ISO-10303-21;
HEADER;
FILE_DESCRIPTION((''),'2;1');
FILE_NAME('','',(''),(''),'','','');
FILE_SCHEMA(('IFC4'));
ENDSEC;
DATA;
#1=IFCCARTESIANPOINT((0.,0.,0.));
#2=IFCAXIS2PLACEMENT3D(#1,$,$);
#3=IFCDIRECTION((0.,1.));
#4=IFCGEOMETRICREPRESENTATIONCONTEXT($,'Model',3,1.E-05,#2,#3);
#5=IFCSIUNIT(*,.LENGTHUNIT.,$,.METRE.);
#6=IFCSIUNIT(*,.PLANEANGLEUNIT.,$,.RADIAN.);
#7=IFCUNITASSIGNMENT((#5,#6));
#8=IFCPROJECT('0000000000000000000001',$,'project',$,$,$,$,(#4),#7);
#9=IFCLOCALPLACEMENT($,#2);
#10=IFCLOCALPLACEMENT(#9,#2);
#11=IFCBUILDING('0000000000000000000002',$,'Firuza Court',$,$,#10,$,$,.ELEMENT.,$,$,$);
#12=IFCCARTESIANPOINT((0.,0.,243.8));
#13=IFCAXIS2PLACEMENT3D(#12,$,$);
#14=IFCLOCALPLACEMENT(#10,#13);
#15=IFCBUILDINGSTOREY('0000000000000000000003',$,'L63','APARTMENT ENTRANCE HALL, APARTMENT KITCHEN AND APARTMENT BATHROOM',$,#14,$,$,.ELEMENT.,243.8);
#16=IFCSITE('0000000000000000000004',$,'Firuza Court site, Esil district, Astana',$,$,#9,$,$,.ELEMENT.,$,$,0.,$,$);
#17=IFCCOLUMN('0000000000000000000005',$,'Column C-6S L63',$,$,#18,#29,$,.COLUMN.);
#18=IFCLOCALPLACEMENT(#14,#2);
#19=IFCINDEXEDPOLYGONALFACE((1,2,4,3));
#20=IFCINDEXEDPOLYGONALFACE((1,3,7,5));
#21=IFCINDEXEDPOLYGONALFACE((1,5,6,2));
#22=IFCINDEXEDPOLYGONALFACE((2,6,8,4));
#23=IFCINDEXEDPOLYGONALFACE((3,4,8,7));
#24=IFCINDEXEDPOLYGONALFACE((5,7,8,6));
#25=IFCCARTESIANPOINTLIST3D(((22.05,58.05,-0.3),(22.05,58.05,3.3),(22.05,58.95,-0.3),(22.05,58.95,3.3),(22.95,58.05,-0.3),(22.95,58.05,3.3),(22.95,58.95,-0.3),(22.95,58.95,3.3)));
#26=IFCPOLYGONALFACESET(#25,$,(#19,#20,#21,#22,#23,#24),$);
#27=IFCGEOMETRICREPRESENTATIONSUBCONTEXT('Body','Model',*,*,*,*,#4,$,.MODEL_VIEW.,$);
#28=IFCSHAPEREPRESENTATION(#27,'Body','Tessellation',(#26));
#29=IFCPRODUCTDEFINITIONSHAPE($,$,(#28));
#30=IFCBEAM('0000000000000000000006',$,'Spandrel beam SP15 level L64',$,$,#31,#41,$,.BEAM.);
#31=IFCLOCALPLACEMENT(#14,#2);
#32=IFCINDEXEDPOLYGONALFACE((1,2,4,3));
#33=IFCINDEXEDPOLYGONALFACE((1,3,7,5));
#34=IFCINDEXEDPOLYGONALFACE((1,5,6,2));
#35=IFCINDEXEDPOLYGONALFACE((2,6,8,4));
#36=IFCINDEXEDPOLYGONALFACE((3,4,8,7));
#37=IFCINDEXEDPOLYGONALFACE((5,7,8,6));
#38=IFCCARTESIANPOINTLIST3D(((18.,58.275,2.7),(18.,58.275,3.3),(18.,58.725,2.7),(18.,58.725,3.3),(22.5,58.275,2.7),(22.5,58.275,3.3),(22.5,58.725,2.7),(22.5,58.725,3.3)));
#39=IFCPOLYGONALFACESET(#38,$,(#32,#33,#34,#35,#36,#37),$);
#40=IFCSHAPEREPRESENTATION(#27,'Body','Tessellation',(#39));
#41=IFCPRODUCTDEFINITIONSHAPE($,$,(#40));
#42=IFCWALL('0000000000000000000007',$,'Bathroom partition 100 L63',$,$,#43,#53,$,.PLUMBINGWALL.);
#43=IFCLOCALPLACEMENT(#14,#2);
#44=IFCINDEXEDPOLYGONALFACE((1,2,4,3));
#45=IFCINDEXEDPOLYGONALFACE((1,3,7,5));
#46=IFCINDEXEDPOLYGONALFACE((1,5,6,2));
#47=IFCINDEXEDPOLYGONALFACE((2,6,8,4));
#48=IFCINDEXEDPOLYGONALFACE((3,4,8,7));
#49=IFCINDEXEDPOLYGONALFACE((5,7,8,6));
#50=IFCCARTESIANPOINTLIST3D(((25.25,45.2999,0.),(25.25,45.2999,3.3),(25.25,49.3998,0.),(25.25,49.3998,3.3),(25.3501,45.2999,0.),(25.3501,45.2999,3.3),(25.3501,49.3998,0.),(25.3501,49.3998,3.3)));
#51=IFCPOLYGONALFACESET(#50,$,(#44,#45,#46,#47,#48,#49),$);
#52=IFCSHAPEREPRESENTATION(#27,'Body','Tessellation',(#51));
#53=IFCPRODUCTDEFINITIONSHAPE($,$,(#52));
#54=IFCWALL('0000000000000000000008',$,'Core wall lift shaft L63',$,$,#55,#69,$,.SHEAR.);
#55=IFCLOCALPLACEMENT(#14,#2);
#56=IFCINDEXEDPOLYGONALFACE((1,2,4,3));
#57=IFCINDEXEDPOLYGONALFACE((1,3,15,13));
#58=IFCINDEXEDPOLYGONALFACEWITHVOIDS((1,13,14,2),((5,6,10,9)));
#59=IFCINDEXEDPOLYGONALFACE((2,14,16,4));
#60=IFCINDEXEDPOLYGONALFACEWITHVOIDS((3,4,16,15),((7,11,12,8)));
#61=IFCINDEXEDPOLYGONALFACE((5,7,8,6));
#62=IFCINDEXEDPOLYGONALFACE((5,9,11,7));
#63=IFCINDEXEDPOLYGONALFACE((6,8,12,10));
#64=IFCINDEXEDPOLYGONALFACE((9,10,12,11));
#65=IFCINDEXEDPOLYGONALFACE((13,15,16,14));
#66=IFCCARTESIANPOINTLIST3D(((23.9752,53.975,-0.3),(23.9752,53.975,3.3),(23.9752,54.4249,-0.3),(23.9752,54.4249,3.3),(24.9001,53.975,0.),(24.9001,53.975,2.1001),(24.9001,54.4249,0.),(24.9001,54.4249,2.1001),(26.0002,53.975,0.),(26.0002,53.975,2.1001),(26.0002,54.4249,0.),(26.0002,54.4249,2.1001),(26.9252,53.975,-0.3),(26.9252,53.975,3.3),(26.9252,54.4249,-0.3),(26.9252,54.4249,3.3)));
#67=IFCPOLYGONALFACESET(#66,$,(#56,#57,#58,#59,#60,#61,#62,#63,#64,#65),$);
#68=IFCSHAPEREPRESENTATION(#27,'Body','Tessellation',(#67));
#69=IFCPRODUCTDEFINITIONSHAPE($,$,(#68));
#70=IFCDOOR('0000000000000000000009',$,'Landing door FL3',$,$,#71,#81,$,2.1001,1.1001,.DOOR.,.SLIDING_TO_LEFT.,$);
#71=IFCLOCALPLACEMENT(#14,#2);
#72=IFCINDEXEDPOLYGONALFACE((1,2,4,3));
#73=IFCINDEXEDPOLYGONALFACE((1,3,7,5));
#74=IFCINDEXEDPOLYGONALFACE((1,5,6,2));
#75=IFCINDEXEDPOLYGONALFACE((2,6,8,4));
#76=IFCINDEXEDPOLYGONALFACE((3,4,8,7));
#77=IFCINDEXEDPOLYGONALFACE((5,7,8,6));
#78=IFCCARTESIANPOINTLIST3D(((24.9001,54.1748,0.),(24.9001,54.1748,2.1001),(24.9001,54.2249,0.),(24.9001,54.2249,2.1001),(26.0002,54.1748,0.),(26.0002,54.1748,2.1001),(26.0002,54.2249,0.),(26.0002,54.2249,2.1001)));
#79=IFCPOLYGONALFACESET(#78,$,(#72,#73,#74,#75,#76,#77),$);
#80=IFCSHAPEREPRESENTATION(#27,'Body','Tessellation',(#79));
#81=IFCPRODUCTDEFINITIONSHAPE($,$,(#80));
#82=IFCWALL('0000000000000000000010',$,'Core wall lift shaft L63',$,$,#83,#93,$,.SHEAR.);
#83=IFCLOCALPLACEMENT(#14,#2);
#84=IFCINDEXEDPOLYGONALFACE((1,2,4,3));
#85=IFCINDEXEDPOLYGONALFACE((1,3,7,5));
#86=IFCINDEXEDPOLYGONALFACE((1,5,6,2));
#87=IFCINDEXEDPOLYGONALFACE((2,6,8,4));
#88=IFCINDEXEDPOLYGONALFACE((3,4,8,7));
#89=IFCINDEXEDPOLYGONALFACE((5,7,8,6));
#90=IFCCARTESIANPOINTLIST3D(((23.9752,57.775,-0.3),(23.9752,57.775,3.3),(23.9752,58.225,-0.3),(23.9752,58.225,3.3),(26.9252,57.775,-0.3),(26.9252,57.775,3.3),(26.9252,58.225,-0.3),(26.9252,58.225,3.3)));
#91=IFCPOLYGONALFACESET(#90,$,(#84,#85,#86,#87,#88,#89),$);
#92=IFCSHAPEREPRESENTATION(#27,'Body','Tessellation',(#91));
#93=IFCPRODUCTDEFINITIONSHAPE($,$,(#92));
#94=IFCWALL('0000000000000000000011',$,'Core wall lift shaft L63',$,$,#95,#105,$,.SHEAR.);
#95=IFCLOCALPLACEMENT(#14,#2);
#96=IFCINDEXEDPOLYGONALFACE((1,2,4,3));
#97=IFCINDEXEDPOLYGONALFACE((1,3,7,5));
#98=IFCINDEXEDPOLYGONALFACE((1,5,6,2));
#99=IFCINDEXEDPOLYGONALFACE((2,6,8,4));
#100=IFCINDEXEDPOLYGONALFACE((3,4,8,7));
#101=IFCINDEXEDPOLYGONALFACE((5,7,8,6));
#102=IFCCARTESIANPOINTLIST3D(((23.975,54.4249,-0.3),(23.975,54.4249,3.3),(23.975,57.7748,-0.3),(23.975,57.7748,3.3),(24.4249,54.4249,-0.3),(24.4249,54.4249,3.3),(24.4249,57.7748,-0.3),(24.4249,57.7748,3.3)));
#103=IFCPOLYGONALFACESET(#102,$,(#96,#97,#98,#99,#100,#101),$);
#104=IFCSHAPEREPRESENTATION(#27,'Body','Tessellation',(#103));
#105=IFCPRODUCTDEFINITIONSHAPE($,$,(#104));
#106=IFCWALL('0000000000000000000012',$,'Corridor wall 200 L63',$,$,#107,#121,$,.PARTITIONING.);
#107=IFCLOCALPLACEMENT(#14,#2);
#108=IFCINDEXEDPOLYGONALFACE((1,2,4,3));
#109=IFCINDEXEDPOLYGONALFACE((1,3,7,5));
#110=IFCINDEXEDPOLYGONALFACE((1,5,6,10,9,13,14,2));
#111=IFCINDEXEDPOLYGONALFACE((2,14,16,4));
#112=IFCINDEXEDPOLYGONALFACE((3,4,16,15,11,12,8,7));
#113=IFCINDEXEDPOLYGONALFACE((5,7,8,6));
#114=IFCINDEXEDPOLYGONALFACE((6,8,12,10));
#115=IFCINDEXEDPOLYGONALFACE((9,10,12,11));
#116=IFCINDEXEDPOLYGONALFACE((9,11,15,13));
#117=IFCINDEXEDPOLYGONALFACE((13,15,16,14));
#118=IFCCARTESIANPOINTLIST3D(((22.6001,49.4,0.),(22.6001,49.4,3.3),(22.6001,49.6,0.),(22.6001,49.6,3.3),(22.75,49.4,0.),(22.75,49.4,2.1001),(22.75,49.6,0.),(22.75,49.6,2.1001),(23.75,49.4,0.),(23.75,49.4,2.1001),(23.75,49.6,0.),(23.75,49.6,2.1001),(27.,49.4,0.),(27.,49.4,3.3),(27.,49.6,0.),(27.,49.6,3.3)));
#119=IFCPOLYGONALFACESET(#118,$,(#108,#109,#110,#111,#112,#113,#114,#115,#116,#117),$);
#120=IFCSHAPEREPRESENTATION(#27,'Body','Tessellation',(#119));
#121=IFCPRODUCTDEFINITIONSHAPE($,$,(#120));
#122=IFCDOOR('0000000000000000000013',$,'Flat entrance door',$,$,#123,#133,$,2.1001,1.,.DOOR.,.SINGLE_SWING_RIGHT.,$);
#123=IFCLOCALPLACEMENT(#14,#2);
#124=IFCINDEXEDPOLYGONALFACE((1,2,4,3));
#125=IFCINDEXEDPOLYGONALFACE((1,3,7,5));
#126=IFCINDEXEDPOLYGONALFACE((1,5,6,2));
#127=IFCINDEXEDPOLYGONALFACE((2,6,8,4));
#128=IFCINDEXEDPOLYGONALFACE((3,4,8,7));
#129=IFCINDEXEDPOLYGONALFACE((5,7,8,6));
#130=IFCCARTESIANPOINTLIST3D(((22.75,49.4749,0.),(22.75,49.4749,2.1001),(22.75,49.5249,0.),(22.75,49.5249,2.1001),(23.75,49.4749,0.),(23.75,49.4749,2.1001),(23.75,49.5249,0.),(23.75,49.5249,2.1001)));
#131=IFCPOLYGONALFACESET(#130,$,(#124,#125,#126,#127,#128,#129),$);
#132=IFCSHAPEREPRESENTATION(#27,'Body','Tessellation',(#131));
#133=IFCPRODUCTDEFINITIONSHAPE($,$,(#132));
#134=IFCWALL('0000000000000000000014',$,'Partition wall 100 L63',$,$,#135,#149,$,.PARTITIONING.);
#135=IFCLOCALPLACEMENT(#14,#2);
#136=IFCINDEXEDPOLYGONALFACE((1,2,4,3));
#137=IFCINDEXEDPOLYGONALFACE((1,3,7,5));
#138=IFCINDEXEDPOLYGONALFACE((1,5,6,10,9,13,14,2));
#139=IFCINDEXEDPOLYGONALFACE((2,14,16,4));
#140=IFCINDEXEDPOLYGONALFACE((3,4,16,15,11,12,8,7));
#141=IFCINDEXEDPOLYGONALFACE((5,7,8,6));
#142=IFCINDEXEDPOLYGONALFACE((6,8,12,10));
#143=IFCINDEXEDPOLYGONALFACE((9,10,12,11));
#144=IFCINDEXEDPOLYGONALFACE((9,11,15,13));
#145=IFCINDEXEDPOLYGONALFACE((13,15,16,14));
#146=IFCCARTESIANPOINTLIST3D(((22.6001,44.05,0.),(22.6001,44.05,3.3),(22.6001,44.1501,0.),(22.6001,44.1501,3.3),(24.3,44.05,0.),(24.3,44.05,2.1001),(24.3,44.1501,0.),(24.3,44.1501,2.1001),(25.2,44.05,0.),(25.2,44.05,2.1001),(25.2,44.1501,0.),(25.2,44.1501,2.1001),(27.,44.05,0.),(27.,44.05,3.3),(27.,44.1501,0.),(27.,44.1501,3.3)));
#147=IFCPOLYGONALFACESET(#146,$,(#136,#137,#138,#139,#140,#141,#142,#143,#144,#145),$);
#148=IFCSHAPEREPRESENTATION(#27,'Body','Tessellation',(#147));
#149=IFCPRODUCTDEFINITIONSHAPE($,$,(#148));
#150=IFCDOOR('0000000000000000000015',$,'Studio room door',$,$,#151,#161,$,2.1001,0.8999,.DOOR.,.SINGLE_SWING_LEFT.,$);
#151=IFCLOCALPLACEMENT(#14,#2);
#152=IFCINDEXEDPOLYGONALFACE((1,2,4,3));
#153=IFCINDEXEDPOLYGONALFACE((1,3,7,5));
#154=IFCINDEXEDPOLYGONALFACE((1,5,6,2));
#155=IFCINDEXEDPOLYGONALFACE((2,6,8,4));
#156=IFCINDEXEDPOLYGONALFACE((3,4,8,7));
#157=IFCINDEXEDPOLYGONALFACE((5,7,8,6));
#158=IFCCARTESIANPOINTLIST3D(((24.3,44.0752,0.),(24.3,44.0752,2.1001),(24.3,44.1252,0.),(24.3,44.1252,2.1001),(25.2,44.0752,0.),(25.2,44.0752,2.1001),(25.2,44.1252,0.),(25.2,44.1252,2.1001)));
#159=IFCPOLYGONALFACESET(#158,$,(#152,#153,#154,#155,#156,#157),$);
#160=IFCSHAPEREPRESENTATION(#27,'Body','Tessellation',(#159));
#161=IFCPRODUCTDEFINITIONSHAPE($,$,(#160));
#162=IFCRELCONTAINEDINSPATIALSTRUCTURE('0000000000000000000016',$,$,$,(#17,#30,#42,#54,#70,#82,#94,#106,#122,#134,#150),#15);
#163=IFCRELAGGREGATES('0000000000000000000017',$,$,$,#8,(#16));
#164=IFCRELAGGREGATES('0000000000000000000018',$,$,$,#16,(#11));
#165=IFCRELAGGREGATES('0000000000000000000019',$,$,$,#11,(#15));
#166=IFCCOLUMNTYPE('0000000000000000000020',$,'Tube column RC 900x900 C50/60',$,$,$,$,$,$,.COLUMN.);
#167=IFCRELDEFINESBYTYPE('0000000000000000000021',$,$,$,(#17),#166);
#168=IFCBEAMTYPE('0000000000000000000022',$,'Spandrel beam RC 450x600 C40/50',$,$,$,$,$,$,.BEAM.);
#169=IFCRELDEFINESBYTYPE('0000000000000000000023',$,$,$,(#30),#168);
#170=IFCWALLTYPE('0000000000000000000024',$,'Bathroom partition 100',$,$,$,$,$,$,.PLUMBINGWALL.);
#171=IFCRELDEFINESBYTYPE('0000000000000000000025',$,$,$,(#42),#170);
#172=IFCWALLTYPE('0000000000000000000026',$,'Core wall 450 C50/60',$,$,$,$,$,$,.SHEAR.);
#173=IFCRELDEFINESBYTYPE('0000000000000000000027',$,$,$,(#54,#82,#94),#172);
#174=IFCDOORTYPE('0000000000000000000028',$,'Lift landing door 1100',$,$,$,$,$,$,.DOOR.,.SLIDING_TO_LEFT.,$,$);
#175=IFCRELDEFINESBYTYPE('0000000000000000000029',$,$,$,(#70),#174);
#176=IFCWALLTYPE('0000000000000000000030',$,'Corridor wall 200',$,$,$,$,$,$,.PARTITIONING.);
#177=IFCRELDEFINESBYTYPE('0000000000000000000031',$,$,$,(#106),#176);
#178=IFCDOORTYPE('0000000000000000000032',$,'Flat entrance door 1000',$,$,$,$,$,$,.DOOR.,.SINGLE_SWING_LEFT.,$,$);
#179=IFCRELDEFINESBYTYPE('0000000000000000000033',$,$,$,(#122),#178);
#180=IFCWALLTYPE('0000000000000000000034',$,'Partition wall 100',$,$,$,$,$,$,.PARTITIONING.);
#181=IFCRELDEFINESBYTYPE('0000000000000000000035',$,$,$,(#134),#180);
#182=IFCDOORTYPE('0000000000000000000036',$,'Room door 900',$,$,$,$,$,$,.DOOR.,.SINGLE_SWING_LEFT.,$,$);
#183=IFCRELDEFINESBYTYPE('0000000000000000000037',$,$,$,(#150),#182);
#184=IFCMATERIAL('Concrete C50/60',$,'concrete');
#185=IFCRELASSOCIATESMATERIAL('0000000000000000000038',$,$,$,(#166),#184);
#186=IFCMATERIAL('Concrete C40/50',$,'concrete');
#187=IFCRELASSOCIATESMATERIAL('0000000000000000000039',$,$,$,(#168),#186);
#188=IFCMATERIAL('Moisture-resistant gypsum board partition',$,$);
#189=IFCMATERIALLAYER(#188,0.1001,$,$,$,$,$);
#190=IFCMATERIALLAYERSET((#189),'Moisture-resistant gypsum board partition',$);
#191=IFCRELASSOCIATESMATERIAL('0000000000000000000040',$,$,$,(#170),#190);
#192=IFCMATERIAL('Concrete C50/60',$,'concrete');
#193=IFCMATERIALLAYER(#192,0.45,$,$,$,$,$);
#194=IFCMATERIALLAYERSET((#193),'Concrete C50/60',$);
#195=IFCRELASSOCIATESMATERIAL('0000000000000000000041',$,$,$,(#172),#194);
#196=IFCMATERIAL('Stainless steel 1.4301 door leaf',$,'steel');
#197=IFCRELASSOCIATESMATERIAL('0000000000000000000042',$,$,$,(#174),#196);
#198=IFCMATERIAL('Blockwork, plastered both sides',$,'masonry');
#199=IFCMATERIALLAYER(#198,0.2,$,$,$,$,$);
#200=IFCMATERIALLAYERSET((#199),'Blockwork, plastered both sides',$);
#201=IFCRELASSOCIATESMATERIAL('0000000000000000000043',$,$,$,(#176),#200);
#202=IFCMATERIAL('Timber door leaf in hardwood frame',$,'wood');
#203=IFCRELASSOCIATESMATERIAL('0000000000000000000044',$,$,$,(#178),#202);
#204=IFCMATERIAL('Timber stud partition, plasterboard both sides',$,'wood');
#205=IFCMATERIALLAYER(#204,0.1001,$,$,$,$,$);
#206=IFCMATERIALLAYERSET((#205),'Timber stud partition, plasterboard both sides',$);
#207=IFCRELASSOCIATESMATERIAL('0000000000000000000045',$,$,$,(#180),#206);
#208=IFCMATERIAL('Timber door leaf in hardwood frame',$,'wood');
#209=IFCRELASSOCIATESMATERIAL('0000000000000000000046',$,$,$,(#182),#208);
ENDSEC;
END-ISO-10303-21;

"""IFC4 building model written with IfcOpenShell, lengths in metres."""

from ifc_helpers import new_model, si_unit, direction, frame, frame_2d, origin, origin_2d, place, context, subcontext, project, spatial, rectangle, extrude, material, layer, layer_set, material_profile, profile_set, type_object, element, fill, save


model = new_model("IFC4")

# Units and contexts
model_context = context("Model", 3, precision=1e-05, world=origin(), true_north=direction((0.0, 1.0)))
body_context = subcontext(model_context, "Body", "Model", "MODEL_VIEW")
ifc_project = project(units=[si_unit("LENGTHUNIT", "METRE"), si_unit("PLANEANGLEUNIT", "RADIAN")], contexts=[model_context])

# Site, building, storey
site_placement = place(None, origin())
site = spatial("IfcSite", under=ifc_project, at=site_placement, Name="Firuza Court site, Esil district, Astana", CompositionType="ELEMENT", RefElevation=0.0)
building_placement = place(site_placement, origin())
building = spatial("IfcBuilding", under=site, at=building_placement, Name="Firuza Court", CompositionType="ELEMENT")
storey_placement = place(building_placement, frame((0.0, 0.0, 243.8)))
storey = spatial("IfcBuildingStorey", under=building, at=storey_placement, Name="L63", Description="APARTMENT ENTRANCE HALL, APARTMENT KITCHEN AND APARTMENT BATHROOM", CompositionType="ELEMENT", Elevation=243.8)

# Column
ifc_material_1 = material(Name="Concrete C50/60", Category="concrete")
ifc_material_profile_1 = material_profile(ifc_material_1, rectangle(XDim=0.8999, YDim=0.8999, at=origin_2d()), Name="RC 900x900")
ifc_profile_set_1 = profile_set([ifc_material_profile_1], Name="Concrete C50/60")
column_type = type_object("IfcColumnType", Name="Tube column RC 900x900 C50/60", PredefinedType="COLUMN", material=ifc_profile_set_1)
column_placement = place(storey_placement, frame((22.5, 58.5, -0.3), z_axis=(0.0, 0.0, 1.0), x_axis=(1.0, 0.0, 0.0)))
element("IfcColumn", 1, at=column_placement, inside=storey, type_object=column_type, Name="Column C-6S L63", PredefinedType="COLUMN", context=body_context, shape_type="SweptSolid", body=[
    extrude(rectangle(XDim=0.8999, YDim=0.8999, at=origin_2d()), origin(), (0.0, 0.0, 1.0), 3.6001),
])

# Beam
ifc_material_2 = material(Name="Concrete C40/50", Category="concrete")
ifc_material_profile_2 = material_profile(ifc_material_2, rectangle(XDim=0.45, YDim=0.6001, at=origin_2d()), Name="RC 450x600")
ifc_profile_set_2 = profile_set([ifc_material_profile_2], Name="Concrete C40/50")
beam_type = type_object("IfcBeamType", Name="Spandrel beam RC 450x600 C40/50", PredefinedType="BEAM", material=ifc_profile_set_2)
beam_placement = place(storey_placement, frame((22.5, 58.5, 3.0), z_axis=(-1.0, 0.0, 0.0), x_axis=(0.0, -1.0, 0.0)))
element("IfcBeam", 2, at=beam_placement, inside=storey, type_object=beam_type, Name="Spandrel beam SP15 level L64", PredefinedType="BEAM", context=body_context, shape_type="SweptSolid", body=[
    extrude(rectangle(XDim=0.45, YDim=0.6001, at=origin_2d()), origin(), (0.0, 0.0, 1.0), 4.5),
])

# Wall
ifc_material_3 = material(Name="Moisture-resistant gypsum board partition")
ifc_layer_1 = layer(ifc_material_3, 0.1001)
ifc_layer_set_1 = layer_set([ifc_layer_1], Name="Moisture-resistant gypsum board partition")
wall_type_1 = type_object("IfcWallType", Name="Bathroom partition 100", PredefinedType="PLUMBINGWALL", material=ifc_layer_set_1)
wall_1_placement = place(storey_placement, frame((25.3, 45.3, 0.0), z_axis=(0.0, 0.0, 1.0), x_axis=(0.0, 1.0, 0.0)))
element("IfcWall", 3, at=wall_1_placement, inside=storey, type_object=wall_type_1, Name="Bathroom partition 100 L63", PredefinedType="PLUMBINGWALL", context=body_context, shape_type="SweptSolid", body=[
    extrude(rectangle(XDim=4.0999, YDim=0.1001, at=frame_2d((2.0498, 0.0))), origin(), (0.0, 0.0, 1.0), 3.3),
])

# Wall, opening, door
ifc_material_4 = material(Name="Concrete C50/60", Category="concrete")
ifc_layer_2 = layer(ifc_material_4, 0.45)
ifc_layer_set_2 = layer_set([ifc_layer_2], Name="Concrete C50/60")
wall_type_2 = type_object("IfcWallType", Name="Core wall 450 C50/60", PredefinedType="SHEAR", material=ifc_layer_set_2)
wall_2_placement = place(storey_placement, frame((23.9751, 54.2, -0.3), z_axis=(0.0, 0.0, 1.0), x_axis=(1.0, 0.0, 0.0)))
wall_2 = element("IfcWall", 4, at=wall_2_placement, inside=storey, type_object=wall_type_2, Name="Core wall lift shaft L63", PredefinedType="SHEAR", context=body_context, shape_type="SweptSolid", body=[
    extrude(rectangle(XDim=2.95, YDim=0.45, at=frame_2d((1.4751, 0.0))), origin(), (0.0, 0.0, 1.0), 3.6001),
])
opening_1_placement = place(wall_2_placement, frame((0.925, 0.0, 0.3)))
opening_1 = element("IfcOpeningElement", 5, at=opening_1_placement, cuts=wall_2, PredefinedType="OPENING", context=body_context, shape_type="SweptSolid", body=[
    extrude(rectangle(XDim=1.1001, YDim=2.1001, at=frame_2d((0.55, 1.05))), frame((0.0, 0.2368, 0.0), z_axis=(0.0, -1.0, 0.0), x_axis=(1.0, 0.0, 0.0)), (0.0, 0.0, 1.0), 0.4739),
])
ifc_material_5 = material(Name="Stainless steel 1.4301 door leaf", Category="steel")
door_type_1 = type_object("IfcDoorType", Name="Lift landing door 1100", OperationType="SLIDING_TO_LEFT", PredefinedType="DOOR", material=ifc_material_5)
door_1_placement = place(opening_1_placement, origin())
door_1 = element("IfcDoor", 6, at=door_1_placement, inside=storey, type_object=door_type_1, Name="Landing door FL3", OperationType="SLIDING_TO_LEFT", OverallHeight=2.1001, OverallWidth=1.1001, PredefinedType="DOOR", context=body_context, shape_type="SweptSolid", body=[
    extrude(rectangle(XDim=1.1001, YDim=2.1001, at=frame_2d((0.55, 1.05))), frame((0.0, 0.0249, 0.0), z_axis=(0.0, -1.0, 0.0), x_axis=(1.0, 0.0, 0.0)), (0.0, 0.0, 1.0), 0.05),
])
fill(opening_1, door_1)

# Walls
wall_3_placement = place(storey_placement, frame((23.9751, 58.0, -0.3), z_axis=(0.0, 0.0, 1.0), x_axis=(1.0, 0.0, 0.0)))
element("IfcWall", 7, at=wall_3_placement, inside=storey, type_object=wall_type_2, Name="Core wall lift shaft L63", PredefinedType="SHEAR", context=body_context, shape_type="SweptSolid", body=[
    extrude(rectangle(XDim=2.95, YDim=0.45, at=frame_2d((1.4751, 0.0))), origin(), (0.0, 0.0, 1.0), 3.6001),
])
wall_4_placement = place(storey_placement, frame((24.2, 54.425, -0.3), z_axis=(0.0, 0.0, 1.0), x_axis=(0.0, 1.0, 0.0)))
element("IfcWall", 8, at=wall_4_placement, inside=storey, type_object=wall_type_2, Name="Core wall lift shaft L63", PredefinedType="SHEAR", context=body_context, shape_type="SweptSolid", body=[
    extrude(rectangle(XDim=3.3499, YDim=0.45, at=frame_2d((1.6748, 0.0))), origin(), (0.0, 0.0, 1.0), 3.6001),
])

# Walls, openings, doors
ifc_material_6 = material(Name="Blockwork, plastered both sides", Category="masonry")
ifc_layer_3 = layer(ifc_material_6, 0.2)
ifc_layer_set_3 = layer_set([ifc_layer_3], Name="Blockwork, plastered both sides")
wall_type_3 = type_object("IfcWallType", Name="Corridor wall 200", PredefinedType="PARTITIONING", material=ifc_layer_set_3)
wall_5_placement = place(storey_placement, frame((22.6001, 49.5, 0.0), z_axis=(0.0, 0.0, 1.0), x_axis=(1.0, 0.0, 0.0)))
wall_5 = element("IfcWall", 9, at=wall_5_placement, inside=storey, type_object=wall_type_3, Name="Corridor wall 200 L63", PredefinedType="PARTITIONING", context=body_context, shape_type="SweptSolid", body=[
    extrude(rectangle(XDim=4.3999, YDim=0.2, at=frame_2d((2.2, 0.0))), origin(), (0.0, 0.0, 1.0), 3.3),
])
opening_2_placement = place(wall_5_placement, frame((0.1499, 0.0, 0.0)))
opening_2 = element("IfcOpeningElement", 10, at=opening_2_placement, cuts=wall_5, PredefinedType="OPENING", context=body_context, shape_type="SweptSolid", body=[
    extrude(rectangle(XDim=1.0, YDim=2.1001, at=frame_2d((0.5, 1.05))), frame((0.0, 0.1118, 0.0), z_axis=(0.0, -1.0, 0.0), x_axis=(1.0, 0.0, 0.0)), (0.0, 0.0, 1.0), 0.2239),
])
ifc_material_7 = material(Name="Timber door leaf in hardwood frame", Category="wood")
door_type_2 = type_object("IfcDoorType", Name="Flat entrance door 1000", OperationType="SINGLE_SWING_LEFT", PredefinedType="DOOR", material=ifc_material_7)
door_2_placement = place(opening_2_placement, origin())
door_2 = element("IfcDoor", 11, at=door_2_placement, inside=storey, type_object=door_type_2, Name="Flat entrance door", OperationType="SINGLE_SWING_RIGHT", OverallHeight=2.1001, OverallWidth=1.0, PredefinedType="DOOR", context=body_context, shape_type="SweptSolid", body=[
    extrude(rectangle(XDim=1.0, YDim=2.1001, at=frame_2d((0.5, 1.05))), frame((0.0, 0.0249, 0.0), z_axis=(0.0, -1.0, 0.0), x_axis=(1.0, 0.0, 0.0)), (0.0, 0.0, 1.0), 0.05),
])
fill(opening_2, door_2)
ifc_material_8 = material(Name="Timber stud partition, plasterboard both sides", Category="wood")
ifc_layer_4 = layer(ifc_material_8, 0.1001)
ifc_layer_set_4 = layer_set([ifc_layer_4], Name="Timber stud partition, plasterboard both sides")
wall_type_4 = type_object("IfcWallType", Name="Partition wall 100", PredefinedType="PARTITIONING", material=ifc_layer_set_4)
wall_6_placement = place(storey_placement, frame((22.6001, 44.1001, 0.0), z_axis=(0.0, 0.0, 1.0), x_axis=(1.0, 0.0, 0.0)))
wall_6 = element("IfcWall", 12, at=wall_6_placement, inside=storey, type_object=wall_type_4, Name="Partition wall 100 L63", PredefinedType="PARTITIONING", context=body_context, shape_type="SweptSolid", body=[
    extrude(rectangle(XDim=4.3999, YDim=0.1001, at=frame_2d((2.2, 0.0))), origin(), (0.0, 0.0, 1.0), 3.3),
])
opening_3_placement = place(wall_6_placement, frame((1.7, 0.0, 0.0)))
opening_3 = element("IfcOpeningElement", 13, at=opening_3_placement, cuts=wall_6, PredefinedType="OPENING", context=body_context, shape_type="SweptSolid", body=[
    extrude(rectangle(XDim=0.8999, YDim=2.1001, at=frame_2d((0.45, 1.05))), frame((0.0, 0.062, 0.0), z_axis=(0.0, -1.0, 0.0), x_axis=(1.0, 0.0, 0.0)), (0.0, 0.0, 1.0), 0.124),
])
ifc_material_9 = material(Name="Timber door leaf in hardwood frame", Category="wood")
door_type_3 = type_object("IfcDoorType", Name="Room door 900", OperationType="SINGLE_SWING_LEFT", PredefinedType="DOOR", material=ifc_material_9)
door_3_placement = place(opening_3_placement, frame((0.8999, 0.0, 0.0), z_axis=(0.0, 0.0, 1.0), x_axis=(-1.0, 0.0, 0.0)))
door_3 = element("IfcDoor", 14, at=door_3_placement, inside=storey, type_object=door_type_3, Name="Studio room door", OperationType="SINGLE_SWING_LEFT", OverallHeight=2.1001, OverallWidth=0.8999, PredefinedType="DOOR", context=body_context, shape_type="SweptSolid", body=[
    extrude(rectangle(XDim=0.8999, YDim=2.1001, at=frame_2d((0.45, 1.05))), frame((0.0, 0.0249, 0.0), z_axis=(0.0, -1.0, 0.0), x_axis=(1.0, 0.0, 0.0)), (0.0, 0.0, 1.0), 0.05),
])
fill(opening_3, door_3)

save(model, "model.ifc")
